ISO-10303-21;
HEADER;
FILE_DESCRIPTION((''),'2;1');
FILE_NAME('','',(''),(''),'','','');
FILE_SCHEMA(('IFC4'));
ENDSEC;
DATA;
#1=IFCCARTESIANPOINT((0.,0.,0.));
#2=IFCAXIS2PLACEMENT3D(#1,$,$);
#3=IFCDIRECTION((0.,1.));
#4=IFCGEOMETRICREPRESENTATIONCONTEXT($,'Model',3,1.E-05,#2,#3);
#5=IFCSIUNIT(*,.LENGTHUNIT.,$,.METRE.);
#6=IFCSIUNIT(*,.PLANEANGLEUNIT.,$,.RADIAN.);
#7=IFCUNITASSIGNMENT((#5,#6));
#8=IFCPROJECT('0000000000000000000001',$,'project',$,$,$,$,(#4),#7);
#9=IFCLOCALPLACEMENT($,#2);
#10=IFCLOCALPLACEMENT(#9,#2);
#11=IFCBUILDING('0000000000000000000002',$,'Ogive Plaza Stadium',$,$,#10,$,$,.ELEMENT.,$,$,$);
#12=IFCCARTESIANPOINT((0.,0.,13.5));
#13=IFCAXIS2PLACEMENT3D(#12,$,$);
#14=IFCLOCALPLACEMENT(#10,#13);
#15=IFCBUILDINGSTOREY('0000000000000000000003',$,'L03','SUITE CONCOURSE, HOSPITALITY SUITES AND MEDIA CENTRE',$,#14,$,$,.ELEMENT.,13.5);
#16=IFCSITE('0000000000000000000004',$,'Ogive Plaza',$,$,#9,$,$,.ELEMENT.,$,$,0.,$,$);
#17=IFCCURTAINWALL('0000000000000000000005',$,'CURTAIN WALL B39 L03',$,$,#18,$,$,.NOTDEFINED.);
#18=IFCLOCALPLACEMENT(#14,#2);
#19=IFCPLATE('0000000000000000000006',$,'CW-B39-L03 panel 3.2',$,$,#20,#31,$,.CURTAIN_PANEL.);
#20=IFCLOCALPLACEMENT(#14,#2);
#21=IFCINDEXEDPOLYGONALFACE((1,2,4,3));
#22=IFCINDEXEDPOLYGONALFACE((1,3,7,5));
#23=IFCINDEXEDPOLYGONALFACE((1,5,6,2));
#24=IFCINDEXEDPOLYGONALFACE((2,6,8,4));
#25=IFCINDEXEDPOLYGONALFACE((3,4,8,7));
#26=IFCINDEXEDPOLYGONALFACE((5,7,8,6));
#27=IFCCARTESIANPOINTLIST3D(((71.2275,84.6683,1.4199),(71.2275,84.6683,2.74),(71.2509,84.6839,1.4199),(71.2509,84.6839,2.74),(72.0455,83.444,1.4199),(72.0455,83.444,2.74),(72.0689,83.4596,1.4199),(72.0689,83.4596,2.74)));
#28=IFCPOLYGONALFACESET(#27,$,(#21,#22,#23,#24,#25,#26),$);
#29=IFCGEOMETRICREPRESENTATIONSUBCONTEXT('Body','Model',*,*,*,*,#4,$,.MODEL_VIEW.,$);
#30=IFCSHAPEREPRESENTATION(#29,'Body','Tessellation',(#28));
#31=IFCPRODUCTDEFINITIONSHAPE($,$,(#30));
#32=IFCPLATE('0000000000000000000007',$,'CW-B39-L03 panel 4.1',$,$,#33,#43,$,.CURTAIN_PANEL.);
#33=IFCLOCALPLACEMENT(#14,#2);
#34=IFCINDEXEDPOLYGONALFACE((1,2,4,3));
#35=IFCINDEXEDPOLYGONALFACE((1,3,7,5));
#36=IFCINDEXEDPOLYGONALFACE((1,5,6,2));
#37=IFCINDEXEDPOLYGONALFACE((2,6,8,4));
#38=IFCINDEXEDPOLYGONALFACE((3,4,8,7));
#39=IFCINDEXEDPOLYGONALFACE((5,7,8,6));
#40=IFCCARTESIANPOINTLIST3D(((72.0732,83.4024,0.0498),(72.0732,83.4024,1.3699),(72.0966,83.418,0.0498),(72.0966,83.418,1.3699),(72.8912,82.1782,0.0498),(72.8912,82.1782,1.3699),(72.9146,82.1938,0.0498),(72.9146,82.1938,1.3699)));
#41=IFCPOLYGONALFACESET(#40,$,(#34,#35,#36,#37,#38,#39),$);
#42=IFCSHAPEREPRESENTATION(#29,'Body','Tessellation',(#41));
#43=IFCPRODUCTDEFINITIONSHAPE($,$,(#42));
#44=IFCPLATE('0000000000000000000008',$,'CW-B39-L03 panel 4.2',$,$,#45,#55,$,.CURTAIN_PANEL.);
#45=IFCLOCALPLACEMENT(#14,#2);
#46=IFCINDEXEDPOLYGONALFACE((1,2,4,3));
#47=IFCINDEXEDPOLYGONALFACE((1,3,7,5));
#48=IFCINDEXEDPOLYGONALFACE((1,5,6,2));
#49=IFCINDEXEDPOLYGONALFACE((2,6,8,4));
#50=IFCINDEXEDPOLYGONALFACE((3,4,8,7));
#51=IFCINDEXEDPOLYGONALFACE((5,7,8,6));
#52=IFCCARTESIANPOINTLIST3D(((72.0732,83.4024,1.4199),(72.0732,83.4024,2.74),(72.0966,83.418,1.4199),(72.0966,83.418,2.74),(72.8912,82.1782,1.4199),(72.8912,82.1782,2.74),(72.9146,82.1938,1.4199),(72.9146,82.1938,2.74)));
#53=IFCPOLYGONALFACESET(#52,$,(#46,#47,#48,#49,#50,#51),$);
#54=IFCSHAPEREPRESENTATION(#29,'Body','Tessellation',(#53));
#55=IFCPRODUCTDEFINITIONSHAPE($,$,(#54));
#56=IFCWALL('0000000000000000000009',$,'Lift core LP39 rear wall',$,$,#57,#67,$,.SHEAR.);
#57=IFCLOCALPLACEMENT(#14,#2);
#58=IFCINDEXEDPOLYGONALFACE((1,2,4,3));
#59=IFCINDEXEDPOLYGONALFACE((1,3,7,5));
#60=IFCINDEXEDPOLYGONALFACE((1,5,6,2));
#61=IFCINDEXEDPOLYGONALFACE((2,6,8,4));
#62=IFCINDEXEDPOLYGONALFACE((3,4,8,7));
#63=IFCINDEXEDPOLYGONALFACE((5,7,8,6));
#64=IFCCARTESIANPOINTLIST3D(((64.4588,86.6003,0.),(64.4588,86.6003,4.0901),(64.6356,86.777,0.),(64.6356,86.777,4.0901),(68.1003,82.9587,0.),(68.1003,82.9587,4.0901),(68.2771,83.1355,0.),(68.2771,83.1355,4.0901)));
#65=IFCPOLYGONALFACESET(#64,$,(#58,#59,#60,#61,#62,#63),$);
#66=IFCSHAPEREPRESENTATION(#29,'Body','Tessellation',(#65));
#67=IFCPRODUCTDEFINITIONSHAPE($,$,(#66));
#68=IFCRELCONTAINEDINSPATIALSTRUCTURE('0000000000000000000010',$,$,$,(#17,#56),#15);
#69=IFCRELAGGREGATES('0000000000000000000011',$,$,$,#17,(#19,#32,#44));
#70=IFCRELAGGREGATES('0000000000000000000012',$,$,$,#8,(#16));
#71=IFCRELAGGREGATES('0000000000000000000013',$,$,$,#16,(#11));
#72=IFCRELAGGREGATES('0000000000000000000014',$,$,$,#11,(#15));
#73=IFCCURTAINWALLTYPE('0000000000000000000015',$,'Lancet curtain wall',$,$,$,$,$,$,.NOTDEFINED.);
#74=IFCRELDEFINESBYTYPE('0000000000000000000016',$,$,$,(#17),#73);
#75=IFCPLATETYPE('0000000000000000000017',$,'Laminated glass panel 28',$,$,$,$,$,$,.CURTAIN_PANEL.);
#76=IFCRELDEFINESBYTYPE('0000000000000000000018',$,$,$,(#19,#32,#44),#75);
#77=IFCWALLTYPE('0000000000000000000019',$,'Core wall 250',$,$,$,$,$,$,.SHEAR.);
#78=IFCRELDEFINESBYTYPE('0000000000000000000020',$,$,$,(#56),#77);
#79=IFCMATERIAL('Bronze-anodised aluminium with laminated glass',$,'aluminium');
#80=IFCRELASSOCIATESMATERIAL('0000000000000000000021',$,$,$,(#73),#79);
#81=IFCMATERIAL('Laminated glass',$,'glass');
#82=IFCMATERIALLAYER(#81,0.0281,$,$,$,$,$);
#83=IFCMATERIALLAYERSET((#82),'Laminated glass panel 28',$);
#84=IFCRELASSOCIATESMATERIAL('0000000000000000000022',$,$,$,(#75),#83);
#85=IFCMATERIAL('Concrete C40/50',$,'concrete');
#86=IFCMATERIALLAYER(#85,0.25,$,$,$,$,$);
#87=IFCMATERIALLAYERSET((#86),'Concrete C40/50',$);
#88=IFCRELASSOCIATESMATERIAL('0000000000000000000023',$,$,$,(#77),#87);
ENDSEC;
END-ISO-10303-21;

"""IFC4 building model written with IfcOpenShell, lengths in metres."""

from ifc_helpers import new_model, si_unit, direction, frame, frame_2d, origin, origin_2d, place, context, subcontext, project, spatial, rectangle, extrude, material, layer, layer_set, type_object, element, aggregate, save


model = new_model("IFC4")

# Units and contexts
model_context = context("Model", 3, precision=1e-05, world=origin(), true_north=direction((0.0, 1.0)))
body_context = subcontext(model_context, "Body", "Model", "MODEL_VIEW")
ifc_project = project(units=[si_unit("LENGTHUNIT", "METRE"), si_unit("PLANEANGLEUNIT", "RADIAN")], contexts=[model_context])

# Site, building, storey
site_placement = place(None, origin())
site = spatial("IfcSite", under=ifc_project, at=site_placement, Name="Ogive Plaza", CompositionType="ELEMENT", RefElevation=0.0)
building_placement = place(site_placement, origin())
building = spatial("IfcBuilding", under=site, at=building_placement, Name="Ogive Plaza Stadium", CompositionType="ELEMENT")
storey_placement = place(building_placement, frame((0.0, 0.0, 13.5)))
storey = spatial("IfcBuildingStorey", under=building, at=storey_placement, Name="L03", Description="SUITE CONCOURSE, HOSPITALITY SUITES AND MEDIA CENTRE", CompositionType="ELEMENT", Elevation=13.5)

# Shared definitions
ifc_material_1 = material(Name="Bronze-anodised aluminium with laminated glass", Category="aluminium")
curtain_wall_type = type_object("IfcCurtainWallType", Name="Lancet curtain wall", PredefinedType="NOTDEFINED", material=ifc_material_1)

# Curtain wall
curtain_wall_1_placement = place(storey_placement, origin())
curtain_wall_1 = element("IfcCurtainWall", 1, at=curtain_wall_1_placement, inside=storey, type_object=curtain_wall_type, Name="CURTAIN WALL B39 L03", PredefinedType="NOTDEFINED")

# Plates
ifc_material_2 = material(Name="Laminated glass", Category="glass")
ifc_layer_1 = layer(ifc_material_2, 0.0281)
ifc_layer_set_1 = layer_set([ifc_layer_1], Name="Laminated glass panel 28")
plate_type = type_object("IfcPlateType", Name="Laminated glass panel 28", PredefinedType="CURTAIN_PANEL", material=ifc_layer_set_1)
plate_1_placement = place(storey_placement, frame((71.6482, 84.064, 1.4199), z_axis=(0.0, 0.0, 1.0), x_axis=(0.55557, -0.83147, 0.0)))
plate_1 = element("IfcPlate", 2, at=plate_1_placement, type_object=plate_type, Name="CW-B39-L03 panel 3.2", PredefinedType="CURTAIN_PANEL", context=body_context, shape_type="SweptSolid", body=[
    extrude(rectangle(XDim=1.4724, YDim=0.0281, at=origin_2d()), origin(), (0.0, 0.0, 1.0), 1.3201),
])
plate_2_placement = place(storey_placement, frame((72.4939, 82.7981, 0.0498), z_axis=(0.0, 0.0, 1.0), x_axis=(0.55557, -0.83147, 0.0)))
plate_2 = element("IfcPlate", 3, at=plate_2_placement, type_object=plate_type, Name="CW-B39-L03 panel 4.1", PredefinedType="CURTAIN_PANEL", context=body_context, shape_type="SweptSolid", body=[
    extrude(rectangle(XDim=1.4724, YDim=0.0281, at=origin_2d()), origin(), (0.0, 0.0, 1.0), 1.3201),
])
plate_3_placement = place(storey_placement, frame((72.4939, 82.7981, 1.4199), z_axis=(0.0, 0.0, 1.0), x_axis=(0.55557, -0.83147, 0.0)))
plate_3 = element("IfcPlate", 4, at=plate_3_placement, type_object=plate_type, Name="CW-B39-L03 panel 4.2", PredefinedType="CURTAIN_PANEL", context=body_context, shape_type="SweptSolid", body=[
    extrude(rectangle(XDim=1.4724, YDim=0.0281, at=origin_2d()), origin(), (0.0, 0.0, 1.0), 1.3201),
])
aggregate(curtain_wall_1, [plate_1, plate_2, plate_3])

# Wall
ifc_material_3 = material(Name="Concrete C40/50", Category="concrete")
ifc_layer_2 = layer(ifc_material_3, 0.25)
ifc_layer_set_2 = layer_set([ifc_layer_2], Name="Concrete C40/50")
wall_type = type_object("IfcWallType", Name="Core wall 250", PredefinedType="SHEAR", material=ifc_layer_set_2)
wall_placement = place(storey_placement, frame((68.1887, 83.0471, 0.0), z_axis=(0.0, 0.0, 1.0), x_axis=(-0.707107, 0.707107, 0.0)))
element("IfcWall", 5, at=wall_placement, inside=storey, type_object=wall_type, Name="Lift core LP39 rear wall", PredefinedType="SHEAR", context=body_context, shape_type="SweptSolid", body=[
    extrude(rectangle(XDim=5.1499, YDim=0.25, at=frame_2d((2.575, 0.0))), origin(), (0.0, 0.0, 1.0), 4.0901),
])

save(model, "model.ifc")
